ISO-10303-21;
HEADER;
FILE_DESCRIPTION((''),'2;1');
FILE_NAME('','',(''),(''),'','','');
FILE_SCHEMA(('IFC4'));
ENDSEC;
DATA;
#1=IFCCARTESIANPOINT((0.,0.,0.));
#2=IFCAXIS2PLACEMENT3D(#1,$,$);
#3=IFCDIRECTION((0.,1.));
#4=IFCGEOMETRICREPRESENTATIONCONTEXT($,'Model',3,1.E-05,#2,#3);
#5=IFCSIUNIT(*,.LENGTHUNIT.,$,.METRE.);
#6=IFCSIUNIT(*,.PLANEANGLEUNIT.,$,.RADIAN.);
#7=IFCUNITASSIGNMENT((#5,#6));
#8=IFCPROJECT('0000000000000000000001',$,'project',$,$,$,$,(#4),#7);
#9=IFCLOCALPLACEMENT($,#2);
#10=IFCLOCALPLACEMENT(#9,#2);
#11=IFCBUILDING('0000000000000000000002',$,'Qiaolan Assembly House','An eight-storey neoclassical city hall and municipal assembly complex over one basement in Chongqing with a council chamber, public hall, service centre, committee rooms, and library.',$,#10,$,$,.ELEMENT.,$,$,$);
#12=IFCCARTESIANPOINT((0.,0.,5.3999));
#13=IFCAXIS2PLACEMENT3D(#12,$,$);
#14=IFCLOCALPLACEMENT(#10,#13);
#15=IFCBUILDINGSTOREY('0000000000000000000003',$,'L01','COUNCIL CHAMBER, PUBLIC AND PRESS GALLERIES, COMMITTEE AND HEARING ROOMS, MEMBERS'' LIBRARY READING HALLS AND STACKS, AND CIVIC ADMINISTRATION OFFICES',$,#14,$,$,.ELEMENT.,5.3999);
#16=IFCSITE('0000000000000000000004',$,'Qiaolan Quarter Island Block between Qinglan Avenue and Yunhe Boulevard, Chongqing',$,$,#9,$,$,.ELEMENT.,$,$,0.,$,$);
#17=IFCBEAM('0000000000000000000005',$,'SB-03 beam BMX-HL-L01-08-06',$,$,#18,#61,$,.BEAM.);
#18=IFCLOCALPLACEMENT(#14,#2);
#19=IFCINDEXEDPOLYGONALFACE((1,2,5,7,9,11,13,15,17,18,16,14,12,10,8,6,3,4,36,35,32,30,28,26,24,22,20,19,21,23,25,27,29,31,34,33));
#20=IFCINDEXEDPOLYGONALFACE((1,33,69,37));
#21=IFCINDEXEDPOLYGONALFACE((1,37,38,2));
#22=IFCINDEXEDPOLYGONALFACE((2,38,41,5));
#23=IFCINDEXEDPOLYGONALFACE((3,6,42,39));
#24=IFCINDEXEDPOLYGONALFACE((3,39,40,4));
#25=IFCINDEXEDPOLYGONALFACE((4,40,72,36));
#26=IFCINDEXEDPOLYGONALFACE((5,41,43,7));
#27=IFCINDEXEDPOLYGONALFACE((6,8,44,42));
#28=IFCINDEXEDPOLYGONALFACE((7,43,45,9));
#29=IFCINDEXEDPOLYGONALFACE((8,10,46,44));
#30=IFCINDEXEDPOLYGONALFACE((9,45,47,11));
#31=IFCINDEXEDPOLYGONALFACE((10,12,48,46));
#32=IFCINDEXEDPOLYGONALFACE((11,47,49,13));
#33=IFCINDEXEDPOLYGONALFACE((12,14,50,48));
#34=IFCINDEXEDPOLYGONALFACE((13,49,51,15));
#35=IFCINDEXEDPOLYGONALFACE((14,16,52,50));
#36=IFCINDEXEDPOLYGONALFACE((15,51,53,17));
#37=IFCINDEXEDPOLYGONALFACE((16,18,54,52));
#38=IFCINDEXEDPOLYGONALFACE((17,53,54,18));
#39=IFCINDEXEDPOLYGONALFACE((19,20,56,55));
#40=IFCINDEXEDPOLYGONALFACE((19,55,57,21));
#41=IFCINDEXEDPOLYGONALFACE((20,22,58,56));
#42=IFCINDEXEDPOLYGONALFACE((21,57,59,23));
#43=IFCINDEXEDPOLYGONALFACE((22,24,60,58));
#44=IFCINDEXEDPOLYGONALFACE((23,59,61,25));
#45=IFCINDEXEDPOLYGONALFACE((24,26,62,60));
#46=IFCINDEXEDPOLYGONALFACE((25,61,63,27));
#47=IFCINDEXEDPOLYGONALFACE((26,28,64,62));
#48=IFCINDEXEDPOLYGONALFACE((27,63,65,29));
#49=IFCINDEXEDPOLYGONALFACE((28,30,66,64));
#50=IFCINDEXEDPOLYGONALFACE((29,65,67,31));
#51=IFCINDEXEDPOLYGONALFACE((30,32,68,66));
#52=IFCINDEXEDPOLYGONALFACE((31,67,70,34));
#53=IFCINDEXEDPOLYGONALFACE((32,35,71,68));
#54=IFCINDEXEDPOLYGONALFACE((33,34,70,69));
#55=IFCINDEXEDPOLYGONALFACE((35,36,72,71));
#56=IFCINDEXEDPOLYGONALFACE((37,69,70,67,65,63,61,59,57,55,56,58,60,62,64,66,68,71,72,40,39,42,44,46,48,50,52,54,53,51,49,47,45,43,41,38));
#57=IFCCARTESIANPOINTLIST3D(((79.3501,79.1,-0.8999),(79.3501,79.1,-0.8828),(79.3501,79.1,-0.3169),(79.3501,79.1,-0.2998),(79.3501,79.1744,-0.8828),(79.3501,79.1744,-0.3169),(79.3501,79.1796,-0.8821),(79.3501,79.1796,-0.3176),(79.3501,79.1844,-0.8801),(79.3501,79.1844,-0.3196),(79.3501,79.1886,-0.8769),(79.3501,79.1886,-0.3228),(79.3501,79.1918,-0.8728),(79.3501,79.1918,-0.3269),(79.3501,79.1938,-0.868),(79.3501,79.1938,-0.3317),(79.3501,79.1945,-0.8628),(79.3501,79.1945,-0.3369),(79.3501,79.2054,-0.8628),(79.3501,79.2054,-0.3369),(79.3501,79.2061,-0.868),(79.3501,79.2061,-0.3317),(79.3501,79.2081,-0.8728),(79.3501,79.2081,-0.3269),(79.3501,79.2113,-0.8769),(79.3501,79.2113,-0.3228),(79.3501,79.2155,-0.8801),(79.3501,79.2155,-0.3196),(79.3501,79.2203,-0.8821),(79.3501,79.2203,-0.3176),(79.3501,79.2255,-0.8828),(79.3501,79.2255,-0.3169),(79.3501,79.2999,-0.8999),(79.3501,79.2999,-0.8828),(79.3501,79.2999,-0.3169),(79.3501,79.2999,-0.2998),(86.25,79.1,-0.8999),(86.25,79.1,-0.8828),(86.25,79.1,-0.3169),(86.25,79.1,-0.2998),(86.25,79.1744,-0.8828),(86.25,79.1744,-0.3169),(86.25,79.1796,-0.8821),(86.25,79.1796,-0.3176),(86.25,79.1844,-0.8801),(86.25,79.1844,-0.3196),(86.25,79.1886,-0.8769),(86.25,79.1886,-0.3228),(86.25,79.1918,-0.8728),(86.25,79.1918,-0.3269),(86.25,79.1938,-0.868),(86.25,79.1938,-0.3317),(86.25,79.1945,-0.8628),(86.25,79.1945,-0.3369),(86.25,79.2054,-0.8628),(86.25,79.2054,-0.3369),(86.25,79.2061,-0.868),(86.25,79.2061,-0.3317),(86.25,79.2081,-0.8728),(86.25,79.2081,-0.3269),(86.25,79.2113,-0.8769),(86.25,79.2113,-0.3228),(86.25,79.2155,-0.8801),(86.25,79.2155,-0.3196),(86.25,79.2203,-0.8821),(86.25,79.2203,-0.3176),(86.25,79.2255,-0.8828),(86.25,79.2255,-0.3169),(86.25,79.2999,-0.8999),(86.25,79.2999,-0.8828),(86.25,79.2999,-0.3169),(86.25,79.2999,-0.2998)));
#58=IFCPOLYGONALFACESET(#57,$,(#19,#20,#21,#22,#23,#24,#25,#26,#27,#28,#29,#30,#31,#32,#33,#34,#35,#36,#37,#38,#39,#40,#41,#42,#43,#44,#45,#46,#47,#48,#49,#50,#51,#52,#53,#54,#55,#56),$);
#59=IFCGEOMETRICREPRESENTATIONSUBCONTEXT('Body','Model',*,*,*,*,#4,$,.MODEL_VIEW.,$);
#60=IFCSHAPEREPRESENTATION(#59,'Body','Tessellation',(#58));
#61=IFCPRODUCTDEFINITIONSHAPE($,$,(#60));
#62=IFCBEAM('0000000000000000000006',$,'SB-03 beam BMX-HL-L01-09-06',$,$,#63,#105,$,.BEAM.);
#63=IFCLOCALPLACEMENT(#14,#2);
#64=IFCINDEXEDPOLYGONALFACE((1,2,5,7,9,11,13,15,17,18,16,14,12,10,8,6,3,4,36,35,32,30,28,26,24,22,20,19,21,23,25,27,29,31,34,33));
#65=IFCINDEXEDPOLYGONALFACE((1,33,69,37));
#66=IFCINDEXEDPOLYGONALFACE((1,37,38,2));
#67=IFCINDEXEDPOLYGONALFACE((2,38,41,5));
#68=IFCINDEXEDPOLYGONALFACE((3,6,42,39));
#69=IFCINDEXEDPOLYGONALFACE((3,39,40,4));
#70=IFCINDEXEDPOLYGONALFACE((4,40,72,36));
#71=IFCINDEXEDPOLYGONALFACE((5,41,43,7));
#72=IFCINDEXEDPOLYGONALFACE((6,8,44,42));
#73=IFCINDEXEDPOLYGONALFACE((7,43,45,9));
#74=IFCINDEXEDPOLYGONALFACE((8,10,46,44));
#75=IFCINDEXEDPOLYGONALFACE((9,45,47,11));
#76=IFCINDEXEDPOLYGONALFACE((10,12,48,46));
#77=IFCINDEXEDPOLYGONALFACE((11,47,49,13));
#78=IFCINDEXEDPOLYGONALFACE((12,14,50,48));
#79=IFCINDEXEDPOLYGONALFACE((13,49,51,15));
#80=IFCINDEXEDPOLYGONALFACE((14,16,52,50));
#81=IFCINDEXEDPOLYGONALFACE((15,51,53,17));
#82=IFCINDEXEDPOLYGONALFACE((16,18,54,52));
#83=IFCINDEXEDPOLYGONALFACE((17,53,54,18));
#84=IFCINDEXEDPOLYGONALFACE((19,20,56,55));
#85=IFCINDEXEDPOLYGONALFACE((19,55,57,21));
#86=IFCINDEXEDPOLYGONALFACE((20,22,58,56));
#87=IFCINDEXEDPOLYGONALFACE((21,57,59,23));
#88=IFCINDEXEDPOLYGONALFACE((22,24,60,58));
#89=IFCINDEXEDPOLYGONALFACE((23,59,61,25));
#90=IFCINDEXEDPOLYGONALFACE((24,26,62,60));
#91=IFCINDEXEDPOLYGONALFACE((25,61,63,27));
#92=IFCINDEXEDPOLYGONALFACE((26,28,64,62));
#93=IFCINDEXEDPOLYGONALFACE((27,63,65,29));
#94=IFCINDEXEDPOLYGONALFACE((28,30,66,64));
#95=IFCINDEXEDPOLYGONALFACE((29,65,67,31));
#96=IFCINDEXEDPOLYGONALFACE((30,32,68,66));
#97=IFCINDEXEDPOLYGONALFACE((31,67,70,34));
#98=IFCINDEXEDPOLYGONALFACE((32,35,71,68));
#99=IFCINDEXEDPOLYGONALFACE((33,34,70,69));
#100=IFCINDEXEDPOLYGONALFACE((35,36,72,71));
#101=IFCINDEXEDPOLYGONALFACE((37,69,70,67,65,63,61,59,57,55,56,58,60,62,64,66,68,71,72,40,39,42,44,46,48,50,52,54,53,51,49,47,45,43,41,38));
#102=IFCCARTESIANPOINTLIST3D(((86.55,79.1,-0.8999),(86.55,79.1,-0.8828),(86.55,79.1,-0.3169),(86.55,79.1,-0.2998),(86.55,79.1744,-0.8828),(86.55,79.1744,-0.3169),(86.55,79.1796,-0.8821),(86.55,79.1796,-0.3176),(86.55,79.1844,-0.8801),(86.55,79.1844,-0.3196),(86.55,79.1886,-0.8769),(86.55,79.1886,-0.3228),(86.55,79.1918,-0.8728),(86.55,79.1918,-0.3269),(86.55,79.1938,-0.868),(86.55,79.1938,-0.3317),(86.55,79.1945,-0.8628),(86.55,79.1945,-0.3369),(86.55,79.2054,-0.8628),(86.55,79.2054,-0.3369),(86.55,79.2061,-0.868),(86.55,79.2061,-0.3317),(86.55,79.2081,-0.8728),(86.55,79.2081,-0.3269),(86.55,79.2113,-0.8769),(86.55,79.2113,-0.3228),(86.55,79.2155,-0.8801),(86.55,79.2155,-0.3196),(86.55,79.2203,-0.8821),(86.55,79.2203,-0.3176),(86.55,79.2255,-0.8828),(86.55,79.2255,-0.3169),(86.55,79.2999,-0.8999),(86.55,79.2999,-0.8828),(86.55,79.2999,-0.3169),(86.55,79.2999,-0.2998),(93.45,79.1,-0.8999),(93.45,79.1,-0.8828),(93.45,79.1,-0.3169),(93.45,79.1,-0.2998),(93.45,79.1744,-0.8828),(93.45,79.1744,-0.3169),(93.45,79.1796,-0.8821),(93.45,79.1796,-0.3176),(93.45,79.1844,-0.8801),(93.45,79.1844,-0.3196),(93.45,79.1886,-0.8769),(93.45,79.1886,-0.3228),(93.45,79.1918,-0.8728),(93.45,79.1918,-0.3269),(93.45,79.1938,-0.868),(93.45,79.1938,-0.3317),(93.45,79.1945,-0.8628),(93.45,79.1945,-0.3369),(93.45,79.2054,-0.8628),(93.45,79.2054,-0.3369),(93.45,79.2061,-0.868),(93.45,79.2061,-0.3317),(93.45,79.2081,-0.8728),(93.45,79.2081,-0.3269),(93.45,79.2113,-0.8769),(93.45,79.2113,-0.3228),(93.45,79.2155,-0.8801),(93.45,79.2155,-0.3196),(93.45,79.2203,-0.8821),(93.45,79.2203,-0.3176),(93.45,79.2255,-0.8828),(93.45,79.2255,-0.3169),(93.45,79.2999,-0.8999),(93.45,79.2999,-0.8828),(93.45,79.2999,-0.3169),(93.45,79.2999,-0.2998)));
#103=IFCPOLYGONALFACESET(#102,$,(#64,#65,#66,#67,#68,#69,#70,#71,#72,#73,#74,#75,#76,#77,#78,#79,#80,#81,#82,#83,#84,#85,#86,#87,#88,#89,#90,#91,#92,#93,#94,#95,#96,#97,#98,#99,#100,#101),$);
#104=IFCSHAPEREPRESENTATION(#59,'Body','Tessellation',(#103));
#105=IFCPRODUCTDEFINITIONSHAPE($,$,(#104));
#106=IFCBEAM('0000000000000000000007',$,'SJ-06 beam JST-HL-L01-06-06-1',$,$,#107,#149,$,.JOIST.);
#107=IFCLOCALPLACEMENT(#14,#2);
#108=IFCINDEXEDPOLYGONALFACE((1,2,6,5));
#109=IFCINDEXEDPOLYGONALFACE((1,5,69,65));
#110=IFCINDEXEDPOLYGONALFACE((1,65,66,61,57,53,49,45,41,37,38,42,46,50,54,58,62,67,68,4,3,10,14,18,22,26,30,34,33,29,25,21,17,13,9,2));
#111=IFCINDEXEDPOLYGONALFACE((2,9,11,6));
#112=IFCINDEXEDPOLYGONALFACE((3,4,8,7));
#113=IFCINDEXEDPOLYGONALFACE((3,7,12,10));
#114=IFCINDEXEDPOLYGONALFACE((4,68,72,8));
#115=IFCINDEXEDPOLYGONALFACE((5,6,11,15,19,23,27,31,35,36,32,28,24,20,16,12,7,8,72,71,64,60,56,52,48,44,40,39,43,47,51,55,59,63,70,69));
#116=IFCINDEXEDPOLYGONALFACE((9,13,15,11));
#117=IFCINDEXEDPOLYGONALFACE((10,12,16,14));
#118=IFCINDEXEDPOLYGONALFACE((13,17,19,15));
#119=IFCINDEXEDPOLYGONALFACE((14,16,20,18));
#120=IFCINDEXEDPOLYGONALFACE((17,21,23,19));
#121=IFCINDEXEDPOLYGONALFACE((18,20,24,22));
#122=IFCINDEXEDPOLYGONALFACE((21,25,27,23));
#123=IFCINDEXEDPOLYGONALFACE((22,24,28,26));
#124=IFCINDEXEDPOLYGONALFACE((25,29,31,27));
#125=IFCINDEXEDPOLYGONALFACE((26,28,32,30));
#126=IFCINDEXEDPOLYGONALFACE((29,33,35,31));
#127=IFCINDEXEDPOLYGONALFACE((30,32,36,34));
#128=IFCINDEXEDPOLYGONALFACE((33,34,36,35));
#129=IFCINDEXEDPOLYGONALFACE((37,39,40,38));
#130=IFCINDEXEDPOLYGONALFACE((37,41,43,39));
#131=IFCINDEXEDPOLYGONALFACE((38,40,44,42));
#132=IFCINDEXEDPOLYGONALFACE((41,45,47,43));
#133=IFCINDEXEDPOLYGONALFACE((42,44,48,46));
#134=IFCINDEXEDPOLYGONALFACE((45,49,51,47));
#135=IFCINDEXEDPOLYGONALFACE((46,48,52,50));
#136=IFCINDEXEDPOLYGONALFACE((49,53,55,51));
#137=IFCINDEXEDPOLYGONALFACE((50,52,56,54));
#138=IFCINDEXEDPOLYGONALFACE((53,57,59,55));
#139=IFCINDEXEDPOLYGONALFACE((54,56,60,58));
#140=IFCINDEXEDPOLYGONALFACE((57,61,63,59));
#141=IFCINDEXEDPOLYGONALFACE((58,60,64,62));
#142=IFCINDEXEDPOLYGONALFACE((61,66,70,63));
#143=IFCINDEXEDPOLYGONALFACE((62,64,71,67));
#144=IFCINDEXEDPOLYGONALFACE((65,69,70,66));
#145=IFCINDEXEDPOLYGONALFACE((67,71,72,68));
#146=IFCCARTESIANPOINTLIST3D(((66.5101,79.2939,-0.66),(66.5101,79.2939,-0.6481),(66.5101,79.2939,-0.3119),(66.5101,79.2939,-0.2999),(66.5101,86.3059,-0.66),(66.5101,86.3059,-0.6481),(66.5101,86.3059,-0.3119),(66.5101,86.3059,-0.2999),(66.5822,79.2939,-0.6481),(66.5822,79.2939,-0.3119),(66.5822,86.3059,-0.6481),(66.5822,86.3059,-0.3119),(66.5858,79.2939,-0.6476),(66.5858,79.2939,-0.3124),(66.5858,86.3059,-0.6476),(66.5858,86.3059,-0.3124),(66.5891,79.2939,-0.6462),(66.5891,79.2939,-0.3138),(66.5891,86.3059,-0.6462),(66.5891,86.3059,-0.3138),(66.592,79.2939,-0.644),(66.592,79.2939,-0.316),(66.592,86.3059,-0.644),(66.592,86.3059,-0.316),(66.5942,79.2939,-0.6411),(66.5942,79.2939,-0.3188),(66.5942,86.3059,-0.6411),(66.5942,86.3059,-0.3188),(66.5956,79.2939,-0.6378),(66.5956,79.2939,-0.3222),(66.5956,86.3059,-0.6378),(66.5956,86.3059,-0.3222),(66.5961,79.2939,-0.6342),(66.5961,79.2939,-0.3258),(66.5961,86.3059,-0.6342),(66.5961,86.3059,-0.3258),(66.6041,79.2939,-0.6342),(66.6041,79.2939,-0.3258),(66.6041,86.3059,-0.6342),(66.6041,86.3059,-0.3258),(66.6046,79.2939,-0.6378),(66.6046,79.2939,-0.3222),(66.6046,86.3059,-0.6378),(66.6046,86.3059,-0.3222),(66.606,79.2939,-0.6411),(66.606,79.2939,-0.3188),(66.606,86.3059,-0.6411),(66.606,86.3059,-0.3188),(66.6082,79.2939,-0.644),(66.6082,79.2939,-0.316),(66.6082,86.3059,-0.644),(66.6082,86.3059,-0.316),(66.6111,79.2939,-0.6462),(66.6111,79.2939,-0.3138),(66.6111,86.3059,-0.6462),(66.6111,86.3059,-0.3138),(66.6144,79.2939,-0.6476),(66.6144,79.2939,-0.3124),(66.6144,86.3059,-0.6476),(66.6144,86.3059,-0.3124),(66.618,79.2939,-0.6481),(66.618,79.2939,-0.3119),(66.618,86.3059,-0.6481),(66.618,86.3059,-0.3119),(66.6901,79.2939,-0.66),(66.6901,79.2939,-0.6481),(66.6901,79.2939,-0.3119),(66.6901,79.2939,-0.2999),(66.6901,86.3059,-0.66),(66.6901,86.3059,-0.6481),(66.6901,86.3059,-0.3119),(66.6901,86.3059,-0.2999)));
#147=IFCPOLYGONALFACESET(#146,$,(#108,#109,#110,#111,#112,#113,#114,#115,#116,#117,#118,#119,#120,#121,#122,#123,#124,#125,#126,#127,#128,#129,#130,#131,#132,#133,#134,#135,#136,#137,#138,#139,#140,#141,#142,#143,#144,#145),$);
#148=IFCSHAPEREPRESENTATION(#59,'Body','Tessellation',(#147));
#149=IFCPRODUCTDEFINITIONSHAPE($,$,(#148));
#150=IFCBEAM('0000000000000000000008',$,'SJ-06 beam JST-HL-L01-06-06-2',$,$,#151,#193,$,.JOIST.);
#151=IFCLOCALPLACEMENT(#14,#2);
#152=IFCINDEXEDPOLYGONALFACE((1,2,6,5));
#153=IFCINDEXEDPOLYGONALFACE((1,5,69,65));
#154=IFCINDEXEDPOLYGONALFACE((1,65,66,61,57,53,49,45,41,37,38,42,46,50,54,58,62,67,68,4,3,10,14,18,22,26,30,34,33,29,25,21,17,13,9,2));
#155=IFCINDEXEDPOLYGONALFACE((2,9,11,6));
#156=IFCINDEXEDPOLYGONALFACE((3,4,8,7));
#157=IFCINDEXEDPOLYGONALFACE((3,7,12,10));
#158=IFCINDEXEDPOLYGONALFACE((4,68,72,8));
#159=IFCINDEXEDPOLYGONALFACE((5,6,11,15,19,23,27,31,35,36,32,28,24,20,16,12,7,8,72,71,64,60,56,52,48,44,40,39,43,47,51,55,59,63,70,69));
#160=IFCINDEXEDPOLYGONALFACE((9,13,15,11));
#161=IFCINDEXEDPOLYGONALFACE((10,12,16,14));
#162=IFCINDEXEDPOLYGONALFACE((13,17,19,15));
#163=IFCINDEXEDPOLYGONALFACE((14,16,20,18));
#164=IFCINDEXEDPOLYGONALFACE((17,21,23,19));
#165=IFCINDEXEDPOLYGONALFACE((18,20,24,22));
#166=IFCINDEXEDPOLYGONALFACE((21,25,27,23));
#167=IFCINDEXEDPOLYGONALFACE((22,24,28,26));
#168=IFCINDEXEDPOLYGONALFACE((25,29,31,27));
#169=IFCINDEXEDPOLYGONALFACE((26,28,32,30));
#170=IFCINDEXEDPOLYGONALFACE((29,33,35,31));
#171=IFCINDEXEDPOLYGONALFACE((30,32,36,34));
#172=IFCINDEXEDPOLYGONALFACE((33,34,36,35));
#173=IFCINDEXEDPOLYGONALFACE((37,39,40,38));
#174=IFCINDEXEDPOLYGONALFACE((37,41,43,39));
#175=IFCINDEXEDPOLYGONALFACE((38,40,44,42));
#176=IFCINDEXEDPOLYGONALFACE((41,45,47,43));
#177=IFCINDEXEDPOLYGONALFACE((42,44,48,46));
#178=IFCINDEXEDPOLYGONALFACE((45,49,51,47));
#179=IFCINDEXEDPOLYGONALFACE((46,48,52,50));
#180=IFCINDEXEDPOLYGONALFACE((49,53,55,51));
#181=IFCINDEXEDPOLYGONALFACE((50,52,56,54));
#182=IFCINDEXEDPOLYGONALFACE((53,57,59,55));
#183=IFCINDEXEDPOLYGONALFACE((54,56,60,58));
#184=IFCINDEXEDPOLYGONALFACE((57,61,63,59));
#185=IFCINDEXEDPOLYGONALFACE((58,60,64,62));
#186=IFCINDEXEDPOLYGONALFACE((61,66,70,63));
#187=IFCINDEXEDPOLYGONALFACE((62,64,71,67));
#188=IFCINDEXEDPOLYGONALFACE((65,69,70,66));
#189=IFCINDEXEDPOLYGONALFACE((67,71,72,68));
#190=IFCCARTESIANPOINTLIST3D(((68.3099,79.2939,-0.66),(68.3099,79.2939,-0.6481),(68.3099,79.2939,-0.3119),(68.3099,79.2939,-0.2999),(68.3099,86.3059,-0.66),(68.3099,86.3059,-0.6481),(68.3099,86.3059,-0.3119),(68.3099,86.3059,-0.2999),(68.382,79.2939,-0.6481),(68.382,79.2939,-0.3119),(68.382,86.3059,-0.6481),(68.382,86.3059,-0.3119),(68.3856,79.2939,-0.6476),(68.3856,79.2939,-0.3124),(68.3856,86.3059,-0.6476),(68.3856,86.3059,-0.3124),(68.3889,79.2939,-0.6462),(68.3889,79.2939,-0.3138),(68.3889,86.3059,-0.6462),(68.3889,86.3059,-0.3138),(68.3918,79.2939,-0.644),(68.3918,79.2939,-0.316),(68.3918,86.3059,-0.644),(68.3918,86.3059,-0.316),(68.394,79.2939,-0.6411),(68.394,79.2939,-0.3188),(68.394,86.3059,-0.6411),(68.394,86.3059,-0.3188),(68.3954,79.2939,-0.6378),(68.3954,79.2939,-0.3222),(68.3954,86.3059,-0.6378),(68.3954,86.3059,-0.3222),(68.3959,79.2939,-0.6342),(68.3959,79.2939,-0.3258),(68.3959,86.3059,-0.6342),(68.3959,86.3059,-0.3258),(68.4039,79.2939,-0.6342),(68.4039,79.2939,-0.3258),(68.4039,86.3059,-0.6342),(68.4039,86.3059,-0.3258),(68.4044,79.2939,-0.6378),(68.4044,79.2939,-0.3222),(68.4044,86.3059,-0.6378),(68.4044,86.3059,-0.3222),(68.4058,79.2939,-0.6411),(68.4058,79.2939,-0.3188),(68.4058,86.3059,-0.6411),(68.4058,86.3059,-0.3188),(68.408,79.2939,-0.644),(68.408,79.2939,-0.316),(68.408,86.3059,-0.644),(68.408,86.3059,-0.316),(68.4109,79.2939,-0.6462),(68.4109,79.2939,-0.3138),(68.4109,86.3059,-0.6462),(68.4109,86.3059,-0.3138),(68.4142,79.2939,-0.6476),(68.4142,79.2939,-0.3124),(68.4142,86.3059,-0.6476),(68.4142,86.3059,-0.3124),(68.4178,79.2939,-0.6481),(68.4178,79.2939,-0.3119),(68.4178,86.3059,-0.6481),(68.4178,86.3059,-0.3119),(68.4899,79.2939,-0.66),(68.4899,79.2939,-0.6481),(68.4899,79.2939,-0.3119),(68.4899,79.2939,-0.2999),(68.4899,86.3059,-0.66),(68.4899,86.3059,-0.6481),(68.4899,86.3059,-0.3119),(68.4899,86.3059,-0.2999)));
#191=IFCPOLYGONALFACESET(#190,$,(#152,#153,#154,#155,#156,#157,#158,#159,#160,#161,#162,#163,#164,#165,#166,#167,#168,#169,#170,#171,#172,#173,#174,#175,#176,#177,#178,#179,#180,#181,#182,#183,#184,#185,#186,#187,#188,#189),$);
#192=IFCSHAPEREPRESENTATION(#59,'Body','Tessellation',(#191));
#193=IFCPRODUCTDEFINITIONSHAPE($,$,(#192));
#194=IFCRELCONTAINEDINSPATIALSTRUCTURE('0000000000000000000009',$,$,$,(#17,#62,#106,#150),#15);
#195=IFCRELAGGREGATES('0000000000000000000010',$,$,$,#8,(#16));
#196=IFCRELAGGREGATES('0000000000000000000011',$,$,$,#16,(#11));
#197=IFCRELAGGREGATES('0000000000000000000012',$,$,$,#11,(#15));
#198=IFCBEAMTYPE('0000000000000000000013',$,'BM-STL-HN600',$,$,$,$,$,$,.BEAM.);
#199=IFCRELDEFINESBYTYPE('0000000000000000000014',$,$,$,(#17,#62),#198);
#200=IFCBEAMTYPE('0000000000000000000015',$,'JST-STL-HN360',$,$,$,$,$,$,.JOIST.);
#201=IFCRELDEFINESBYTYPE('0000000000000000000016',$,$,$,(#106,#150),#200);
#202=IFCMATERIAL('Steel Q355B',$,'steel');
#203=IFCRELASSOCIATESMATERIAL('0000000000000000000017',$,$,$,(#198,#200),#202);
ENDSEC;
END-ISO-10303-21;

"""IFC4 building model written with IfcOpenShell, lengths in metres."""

from ifc_helpers import new_model, si_unit, direction, frame, origin, origin_2d, place, context, subcontext, project, spatial, i_section, extrude, material, material_profile, profile_set, type_object, element, save


model = new_model("IFC4")

# Units and contexts
model_context = context("Model", 3, precision=1e-05, world=origin(), true_north=direction((0.0, 1.0)))
body_context = subcontext(model_context, "Body", "Model", "MODEL_VIEW")
ifc_project = project(units=[si_unit("LENGTHUNIT", "METRE"), si_unit("PLANEANGLEUNIT", "RADIAN")], contexts=[model_context])

# Site, building, storey
site_placement = place(None, origin())
site = spatial("IfcSite", under=ifc_project, at=site_placement, Name="Qiaolan Quarter Island Block between Qinglan Avenue and Yunhe Boulevard, Chongqing", CompositionType="ELEMENT", RefElevation=0.0)
building_placement = place(site_placement, origin())
building = spatial("IfcBuilding", under=site, at=building_placement, Name="Qiaolan Assembly House", Description="An eight-storey neoclassical city hall and municipal assembly complex over one basement in Chongqing with a council chamber, public hall, service centre, committee rooms, and library.", CompositionType="ELEMENT")
storey_placement = place(building_placement, frame((0.0, 0.0, 5.3999)))
storey = spatial("IfcBuildingStorey", under=building, at=storey_placement, Name="L01", Description="COUNCIL CHAMBER, PUBLIC AND PRESS GALLERIES, COMMITTEE AND HEARING ROOMS, MEMBERS' LIBRARY READING HALLS AND STACKS, AND CIVIC ADMINISTRATION OFFICES", CompositionType="ELEMENT", Elevation=5.3999)

# Shared definitions
ifc_material_1 = material(Name="Steel Q355B", Category="steel")

# Beams
ifc_material_profile_1 = material_profile(ifc_material_1, i_section(OverallWidth=0.2, OverallDepth=0.6001, WebThickness=0.011, FlangeThickness=0.0171, FilletRadius=0.02, at=origin_2d()), Name="HN 600x200x11x17")
ifc_profile_set_1 = profile_set([ifc_material_profile_1], Name="Steel Q355B")
beam_type_1 = type_object("IfcBeamType", Name="BM-STL-HN600", PredefinedType="BEAM", material=ifc_profile_set_1)
for number, where, z_axis, x_axis, name in (
    (1, (79.3501, 79.2, -0.5999), (1.0, 0.0, 0.0), (0.0, 1.0, 0.0), "SB-03 beam BMX-HL-L01-08-06"),
    (2, (86.55, 79.2, -0.5999), (1.0, 0.0, 0.0), (0.0, 1.0, 0.0), "SB-03 beam BMX-HL-L01-09-06"),
):
    element("IfcBeam", number, at=place(storey_placement, frame(where, z_axis=z_axis, x_axis=x_axis)), inside=storey, type_object=beam_type_1, Name=name, PredefinedType="BEAM", context=body_context, shape_type="SweptSolid", body=[
        extrude(i_section(OverallWidth=0.2, OverallDepth=0.6001, WebThickness=0.011, FlangeThickness=0.0171, FilletRadius=0.02, at=origin_2d()), origin(), (0.0, 0.0, 1.0), 6.8999),
    ])
ifc_material_profile_2 = material_profile(ifc_material_1, i_section(OverallWidth=0.1799, OverallDepth=0.3601, WebThickness=0.0081, FlangeThickness=0.012, FilletRadius=0.0139, at=origin_2d()), Name="HN 360x180x8x12")
ifc_profile_set_2 = profile_set([ifc_material_profile_2], Name="Steel Q355B")
beam_type_2 = type_object("IfcBeamType", Name="JST-STL-HN360", PredefinedType="JOIST", material=ifc_profile_set_2)
for number, where, z_axis, x_axis, name in (
    (3, (66.6001, 79.2939, -0.48), (0.0, 1.0, 0.0), (-1.0, 0.0, 0.0), "SJ-06 beam JST-HL-L01-06-06-1"),
    (4, (68.3999, 79.2939, -0.48), (0.0, 1.0, 0.0), (-1.0, 0.0, 0.0), "SJ-06 beam JST-HL-L01-06-06-2"),
):
    element("IfcBeam", number, at=place(storey_placement, frame(where, z_axis=z_axis, x_axis=x_axis)), inside=storey, type_object=beam_type_2, Name=name, PredefinedType="JOIST", context=body_context, shape_type="SweptSolid", body=[
        extrude(i_section(OverallWidth=0.1799, OverallDepth=0.3601, WebThickness=0.0081, FlangeThickness=0.012, FilletRadius=0.0139, at=origin_2d()), origin(), (0.0, 0.0, 1.0), 7.012),
    ])

save(model, "model.ifc")
